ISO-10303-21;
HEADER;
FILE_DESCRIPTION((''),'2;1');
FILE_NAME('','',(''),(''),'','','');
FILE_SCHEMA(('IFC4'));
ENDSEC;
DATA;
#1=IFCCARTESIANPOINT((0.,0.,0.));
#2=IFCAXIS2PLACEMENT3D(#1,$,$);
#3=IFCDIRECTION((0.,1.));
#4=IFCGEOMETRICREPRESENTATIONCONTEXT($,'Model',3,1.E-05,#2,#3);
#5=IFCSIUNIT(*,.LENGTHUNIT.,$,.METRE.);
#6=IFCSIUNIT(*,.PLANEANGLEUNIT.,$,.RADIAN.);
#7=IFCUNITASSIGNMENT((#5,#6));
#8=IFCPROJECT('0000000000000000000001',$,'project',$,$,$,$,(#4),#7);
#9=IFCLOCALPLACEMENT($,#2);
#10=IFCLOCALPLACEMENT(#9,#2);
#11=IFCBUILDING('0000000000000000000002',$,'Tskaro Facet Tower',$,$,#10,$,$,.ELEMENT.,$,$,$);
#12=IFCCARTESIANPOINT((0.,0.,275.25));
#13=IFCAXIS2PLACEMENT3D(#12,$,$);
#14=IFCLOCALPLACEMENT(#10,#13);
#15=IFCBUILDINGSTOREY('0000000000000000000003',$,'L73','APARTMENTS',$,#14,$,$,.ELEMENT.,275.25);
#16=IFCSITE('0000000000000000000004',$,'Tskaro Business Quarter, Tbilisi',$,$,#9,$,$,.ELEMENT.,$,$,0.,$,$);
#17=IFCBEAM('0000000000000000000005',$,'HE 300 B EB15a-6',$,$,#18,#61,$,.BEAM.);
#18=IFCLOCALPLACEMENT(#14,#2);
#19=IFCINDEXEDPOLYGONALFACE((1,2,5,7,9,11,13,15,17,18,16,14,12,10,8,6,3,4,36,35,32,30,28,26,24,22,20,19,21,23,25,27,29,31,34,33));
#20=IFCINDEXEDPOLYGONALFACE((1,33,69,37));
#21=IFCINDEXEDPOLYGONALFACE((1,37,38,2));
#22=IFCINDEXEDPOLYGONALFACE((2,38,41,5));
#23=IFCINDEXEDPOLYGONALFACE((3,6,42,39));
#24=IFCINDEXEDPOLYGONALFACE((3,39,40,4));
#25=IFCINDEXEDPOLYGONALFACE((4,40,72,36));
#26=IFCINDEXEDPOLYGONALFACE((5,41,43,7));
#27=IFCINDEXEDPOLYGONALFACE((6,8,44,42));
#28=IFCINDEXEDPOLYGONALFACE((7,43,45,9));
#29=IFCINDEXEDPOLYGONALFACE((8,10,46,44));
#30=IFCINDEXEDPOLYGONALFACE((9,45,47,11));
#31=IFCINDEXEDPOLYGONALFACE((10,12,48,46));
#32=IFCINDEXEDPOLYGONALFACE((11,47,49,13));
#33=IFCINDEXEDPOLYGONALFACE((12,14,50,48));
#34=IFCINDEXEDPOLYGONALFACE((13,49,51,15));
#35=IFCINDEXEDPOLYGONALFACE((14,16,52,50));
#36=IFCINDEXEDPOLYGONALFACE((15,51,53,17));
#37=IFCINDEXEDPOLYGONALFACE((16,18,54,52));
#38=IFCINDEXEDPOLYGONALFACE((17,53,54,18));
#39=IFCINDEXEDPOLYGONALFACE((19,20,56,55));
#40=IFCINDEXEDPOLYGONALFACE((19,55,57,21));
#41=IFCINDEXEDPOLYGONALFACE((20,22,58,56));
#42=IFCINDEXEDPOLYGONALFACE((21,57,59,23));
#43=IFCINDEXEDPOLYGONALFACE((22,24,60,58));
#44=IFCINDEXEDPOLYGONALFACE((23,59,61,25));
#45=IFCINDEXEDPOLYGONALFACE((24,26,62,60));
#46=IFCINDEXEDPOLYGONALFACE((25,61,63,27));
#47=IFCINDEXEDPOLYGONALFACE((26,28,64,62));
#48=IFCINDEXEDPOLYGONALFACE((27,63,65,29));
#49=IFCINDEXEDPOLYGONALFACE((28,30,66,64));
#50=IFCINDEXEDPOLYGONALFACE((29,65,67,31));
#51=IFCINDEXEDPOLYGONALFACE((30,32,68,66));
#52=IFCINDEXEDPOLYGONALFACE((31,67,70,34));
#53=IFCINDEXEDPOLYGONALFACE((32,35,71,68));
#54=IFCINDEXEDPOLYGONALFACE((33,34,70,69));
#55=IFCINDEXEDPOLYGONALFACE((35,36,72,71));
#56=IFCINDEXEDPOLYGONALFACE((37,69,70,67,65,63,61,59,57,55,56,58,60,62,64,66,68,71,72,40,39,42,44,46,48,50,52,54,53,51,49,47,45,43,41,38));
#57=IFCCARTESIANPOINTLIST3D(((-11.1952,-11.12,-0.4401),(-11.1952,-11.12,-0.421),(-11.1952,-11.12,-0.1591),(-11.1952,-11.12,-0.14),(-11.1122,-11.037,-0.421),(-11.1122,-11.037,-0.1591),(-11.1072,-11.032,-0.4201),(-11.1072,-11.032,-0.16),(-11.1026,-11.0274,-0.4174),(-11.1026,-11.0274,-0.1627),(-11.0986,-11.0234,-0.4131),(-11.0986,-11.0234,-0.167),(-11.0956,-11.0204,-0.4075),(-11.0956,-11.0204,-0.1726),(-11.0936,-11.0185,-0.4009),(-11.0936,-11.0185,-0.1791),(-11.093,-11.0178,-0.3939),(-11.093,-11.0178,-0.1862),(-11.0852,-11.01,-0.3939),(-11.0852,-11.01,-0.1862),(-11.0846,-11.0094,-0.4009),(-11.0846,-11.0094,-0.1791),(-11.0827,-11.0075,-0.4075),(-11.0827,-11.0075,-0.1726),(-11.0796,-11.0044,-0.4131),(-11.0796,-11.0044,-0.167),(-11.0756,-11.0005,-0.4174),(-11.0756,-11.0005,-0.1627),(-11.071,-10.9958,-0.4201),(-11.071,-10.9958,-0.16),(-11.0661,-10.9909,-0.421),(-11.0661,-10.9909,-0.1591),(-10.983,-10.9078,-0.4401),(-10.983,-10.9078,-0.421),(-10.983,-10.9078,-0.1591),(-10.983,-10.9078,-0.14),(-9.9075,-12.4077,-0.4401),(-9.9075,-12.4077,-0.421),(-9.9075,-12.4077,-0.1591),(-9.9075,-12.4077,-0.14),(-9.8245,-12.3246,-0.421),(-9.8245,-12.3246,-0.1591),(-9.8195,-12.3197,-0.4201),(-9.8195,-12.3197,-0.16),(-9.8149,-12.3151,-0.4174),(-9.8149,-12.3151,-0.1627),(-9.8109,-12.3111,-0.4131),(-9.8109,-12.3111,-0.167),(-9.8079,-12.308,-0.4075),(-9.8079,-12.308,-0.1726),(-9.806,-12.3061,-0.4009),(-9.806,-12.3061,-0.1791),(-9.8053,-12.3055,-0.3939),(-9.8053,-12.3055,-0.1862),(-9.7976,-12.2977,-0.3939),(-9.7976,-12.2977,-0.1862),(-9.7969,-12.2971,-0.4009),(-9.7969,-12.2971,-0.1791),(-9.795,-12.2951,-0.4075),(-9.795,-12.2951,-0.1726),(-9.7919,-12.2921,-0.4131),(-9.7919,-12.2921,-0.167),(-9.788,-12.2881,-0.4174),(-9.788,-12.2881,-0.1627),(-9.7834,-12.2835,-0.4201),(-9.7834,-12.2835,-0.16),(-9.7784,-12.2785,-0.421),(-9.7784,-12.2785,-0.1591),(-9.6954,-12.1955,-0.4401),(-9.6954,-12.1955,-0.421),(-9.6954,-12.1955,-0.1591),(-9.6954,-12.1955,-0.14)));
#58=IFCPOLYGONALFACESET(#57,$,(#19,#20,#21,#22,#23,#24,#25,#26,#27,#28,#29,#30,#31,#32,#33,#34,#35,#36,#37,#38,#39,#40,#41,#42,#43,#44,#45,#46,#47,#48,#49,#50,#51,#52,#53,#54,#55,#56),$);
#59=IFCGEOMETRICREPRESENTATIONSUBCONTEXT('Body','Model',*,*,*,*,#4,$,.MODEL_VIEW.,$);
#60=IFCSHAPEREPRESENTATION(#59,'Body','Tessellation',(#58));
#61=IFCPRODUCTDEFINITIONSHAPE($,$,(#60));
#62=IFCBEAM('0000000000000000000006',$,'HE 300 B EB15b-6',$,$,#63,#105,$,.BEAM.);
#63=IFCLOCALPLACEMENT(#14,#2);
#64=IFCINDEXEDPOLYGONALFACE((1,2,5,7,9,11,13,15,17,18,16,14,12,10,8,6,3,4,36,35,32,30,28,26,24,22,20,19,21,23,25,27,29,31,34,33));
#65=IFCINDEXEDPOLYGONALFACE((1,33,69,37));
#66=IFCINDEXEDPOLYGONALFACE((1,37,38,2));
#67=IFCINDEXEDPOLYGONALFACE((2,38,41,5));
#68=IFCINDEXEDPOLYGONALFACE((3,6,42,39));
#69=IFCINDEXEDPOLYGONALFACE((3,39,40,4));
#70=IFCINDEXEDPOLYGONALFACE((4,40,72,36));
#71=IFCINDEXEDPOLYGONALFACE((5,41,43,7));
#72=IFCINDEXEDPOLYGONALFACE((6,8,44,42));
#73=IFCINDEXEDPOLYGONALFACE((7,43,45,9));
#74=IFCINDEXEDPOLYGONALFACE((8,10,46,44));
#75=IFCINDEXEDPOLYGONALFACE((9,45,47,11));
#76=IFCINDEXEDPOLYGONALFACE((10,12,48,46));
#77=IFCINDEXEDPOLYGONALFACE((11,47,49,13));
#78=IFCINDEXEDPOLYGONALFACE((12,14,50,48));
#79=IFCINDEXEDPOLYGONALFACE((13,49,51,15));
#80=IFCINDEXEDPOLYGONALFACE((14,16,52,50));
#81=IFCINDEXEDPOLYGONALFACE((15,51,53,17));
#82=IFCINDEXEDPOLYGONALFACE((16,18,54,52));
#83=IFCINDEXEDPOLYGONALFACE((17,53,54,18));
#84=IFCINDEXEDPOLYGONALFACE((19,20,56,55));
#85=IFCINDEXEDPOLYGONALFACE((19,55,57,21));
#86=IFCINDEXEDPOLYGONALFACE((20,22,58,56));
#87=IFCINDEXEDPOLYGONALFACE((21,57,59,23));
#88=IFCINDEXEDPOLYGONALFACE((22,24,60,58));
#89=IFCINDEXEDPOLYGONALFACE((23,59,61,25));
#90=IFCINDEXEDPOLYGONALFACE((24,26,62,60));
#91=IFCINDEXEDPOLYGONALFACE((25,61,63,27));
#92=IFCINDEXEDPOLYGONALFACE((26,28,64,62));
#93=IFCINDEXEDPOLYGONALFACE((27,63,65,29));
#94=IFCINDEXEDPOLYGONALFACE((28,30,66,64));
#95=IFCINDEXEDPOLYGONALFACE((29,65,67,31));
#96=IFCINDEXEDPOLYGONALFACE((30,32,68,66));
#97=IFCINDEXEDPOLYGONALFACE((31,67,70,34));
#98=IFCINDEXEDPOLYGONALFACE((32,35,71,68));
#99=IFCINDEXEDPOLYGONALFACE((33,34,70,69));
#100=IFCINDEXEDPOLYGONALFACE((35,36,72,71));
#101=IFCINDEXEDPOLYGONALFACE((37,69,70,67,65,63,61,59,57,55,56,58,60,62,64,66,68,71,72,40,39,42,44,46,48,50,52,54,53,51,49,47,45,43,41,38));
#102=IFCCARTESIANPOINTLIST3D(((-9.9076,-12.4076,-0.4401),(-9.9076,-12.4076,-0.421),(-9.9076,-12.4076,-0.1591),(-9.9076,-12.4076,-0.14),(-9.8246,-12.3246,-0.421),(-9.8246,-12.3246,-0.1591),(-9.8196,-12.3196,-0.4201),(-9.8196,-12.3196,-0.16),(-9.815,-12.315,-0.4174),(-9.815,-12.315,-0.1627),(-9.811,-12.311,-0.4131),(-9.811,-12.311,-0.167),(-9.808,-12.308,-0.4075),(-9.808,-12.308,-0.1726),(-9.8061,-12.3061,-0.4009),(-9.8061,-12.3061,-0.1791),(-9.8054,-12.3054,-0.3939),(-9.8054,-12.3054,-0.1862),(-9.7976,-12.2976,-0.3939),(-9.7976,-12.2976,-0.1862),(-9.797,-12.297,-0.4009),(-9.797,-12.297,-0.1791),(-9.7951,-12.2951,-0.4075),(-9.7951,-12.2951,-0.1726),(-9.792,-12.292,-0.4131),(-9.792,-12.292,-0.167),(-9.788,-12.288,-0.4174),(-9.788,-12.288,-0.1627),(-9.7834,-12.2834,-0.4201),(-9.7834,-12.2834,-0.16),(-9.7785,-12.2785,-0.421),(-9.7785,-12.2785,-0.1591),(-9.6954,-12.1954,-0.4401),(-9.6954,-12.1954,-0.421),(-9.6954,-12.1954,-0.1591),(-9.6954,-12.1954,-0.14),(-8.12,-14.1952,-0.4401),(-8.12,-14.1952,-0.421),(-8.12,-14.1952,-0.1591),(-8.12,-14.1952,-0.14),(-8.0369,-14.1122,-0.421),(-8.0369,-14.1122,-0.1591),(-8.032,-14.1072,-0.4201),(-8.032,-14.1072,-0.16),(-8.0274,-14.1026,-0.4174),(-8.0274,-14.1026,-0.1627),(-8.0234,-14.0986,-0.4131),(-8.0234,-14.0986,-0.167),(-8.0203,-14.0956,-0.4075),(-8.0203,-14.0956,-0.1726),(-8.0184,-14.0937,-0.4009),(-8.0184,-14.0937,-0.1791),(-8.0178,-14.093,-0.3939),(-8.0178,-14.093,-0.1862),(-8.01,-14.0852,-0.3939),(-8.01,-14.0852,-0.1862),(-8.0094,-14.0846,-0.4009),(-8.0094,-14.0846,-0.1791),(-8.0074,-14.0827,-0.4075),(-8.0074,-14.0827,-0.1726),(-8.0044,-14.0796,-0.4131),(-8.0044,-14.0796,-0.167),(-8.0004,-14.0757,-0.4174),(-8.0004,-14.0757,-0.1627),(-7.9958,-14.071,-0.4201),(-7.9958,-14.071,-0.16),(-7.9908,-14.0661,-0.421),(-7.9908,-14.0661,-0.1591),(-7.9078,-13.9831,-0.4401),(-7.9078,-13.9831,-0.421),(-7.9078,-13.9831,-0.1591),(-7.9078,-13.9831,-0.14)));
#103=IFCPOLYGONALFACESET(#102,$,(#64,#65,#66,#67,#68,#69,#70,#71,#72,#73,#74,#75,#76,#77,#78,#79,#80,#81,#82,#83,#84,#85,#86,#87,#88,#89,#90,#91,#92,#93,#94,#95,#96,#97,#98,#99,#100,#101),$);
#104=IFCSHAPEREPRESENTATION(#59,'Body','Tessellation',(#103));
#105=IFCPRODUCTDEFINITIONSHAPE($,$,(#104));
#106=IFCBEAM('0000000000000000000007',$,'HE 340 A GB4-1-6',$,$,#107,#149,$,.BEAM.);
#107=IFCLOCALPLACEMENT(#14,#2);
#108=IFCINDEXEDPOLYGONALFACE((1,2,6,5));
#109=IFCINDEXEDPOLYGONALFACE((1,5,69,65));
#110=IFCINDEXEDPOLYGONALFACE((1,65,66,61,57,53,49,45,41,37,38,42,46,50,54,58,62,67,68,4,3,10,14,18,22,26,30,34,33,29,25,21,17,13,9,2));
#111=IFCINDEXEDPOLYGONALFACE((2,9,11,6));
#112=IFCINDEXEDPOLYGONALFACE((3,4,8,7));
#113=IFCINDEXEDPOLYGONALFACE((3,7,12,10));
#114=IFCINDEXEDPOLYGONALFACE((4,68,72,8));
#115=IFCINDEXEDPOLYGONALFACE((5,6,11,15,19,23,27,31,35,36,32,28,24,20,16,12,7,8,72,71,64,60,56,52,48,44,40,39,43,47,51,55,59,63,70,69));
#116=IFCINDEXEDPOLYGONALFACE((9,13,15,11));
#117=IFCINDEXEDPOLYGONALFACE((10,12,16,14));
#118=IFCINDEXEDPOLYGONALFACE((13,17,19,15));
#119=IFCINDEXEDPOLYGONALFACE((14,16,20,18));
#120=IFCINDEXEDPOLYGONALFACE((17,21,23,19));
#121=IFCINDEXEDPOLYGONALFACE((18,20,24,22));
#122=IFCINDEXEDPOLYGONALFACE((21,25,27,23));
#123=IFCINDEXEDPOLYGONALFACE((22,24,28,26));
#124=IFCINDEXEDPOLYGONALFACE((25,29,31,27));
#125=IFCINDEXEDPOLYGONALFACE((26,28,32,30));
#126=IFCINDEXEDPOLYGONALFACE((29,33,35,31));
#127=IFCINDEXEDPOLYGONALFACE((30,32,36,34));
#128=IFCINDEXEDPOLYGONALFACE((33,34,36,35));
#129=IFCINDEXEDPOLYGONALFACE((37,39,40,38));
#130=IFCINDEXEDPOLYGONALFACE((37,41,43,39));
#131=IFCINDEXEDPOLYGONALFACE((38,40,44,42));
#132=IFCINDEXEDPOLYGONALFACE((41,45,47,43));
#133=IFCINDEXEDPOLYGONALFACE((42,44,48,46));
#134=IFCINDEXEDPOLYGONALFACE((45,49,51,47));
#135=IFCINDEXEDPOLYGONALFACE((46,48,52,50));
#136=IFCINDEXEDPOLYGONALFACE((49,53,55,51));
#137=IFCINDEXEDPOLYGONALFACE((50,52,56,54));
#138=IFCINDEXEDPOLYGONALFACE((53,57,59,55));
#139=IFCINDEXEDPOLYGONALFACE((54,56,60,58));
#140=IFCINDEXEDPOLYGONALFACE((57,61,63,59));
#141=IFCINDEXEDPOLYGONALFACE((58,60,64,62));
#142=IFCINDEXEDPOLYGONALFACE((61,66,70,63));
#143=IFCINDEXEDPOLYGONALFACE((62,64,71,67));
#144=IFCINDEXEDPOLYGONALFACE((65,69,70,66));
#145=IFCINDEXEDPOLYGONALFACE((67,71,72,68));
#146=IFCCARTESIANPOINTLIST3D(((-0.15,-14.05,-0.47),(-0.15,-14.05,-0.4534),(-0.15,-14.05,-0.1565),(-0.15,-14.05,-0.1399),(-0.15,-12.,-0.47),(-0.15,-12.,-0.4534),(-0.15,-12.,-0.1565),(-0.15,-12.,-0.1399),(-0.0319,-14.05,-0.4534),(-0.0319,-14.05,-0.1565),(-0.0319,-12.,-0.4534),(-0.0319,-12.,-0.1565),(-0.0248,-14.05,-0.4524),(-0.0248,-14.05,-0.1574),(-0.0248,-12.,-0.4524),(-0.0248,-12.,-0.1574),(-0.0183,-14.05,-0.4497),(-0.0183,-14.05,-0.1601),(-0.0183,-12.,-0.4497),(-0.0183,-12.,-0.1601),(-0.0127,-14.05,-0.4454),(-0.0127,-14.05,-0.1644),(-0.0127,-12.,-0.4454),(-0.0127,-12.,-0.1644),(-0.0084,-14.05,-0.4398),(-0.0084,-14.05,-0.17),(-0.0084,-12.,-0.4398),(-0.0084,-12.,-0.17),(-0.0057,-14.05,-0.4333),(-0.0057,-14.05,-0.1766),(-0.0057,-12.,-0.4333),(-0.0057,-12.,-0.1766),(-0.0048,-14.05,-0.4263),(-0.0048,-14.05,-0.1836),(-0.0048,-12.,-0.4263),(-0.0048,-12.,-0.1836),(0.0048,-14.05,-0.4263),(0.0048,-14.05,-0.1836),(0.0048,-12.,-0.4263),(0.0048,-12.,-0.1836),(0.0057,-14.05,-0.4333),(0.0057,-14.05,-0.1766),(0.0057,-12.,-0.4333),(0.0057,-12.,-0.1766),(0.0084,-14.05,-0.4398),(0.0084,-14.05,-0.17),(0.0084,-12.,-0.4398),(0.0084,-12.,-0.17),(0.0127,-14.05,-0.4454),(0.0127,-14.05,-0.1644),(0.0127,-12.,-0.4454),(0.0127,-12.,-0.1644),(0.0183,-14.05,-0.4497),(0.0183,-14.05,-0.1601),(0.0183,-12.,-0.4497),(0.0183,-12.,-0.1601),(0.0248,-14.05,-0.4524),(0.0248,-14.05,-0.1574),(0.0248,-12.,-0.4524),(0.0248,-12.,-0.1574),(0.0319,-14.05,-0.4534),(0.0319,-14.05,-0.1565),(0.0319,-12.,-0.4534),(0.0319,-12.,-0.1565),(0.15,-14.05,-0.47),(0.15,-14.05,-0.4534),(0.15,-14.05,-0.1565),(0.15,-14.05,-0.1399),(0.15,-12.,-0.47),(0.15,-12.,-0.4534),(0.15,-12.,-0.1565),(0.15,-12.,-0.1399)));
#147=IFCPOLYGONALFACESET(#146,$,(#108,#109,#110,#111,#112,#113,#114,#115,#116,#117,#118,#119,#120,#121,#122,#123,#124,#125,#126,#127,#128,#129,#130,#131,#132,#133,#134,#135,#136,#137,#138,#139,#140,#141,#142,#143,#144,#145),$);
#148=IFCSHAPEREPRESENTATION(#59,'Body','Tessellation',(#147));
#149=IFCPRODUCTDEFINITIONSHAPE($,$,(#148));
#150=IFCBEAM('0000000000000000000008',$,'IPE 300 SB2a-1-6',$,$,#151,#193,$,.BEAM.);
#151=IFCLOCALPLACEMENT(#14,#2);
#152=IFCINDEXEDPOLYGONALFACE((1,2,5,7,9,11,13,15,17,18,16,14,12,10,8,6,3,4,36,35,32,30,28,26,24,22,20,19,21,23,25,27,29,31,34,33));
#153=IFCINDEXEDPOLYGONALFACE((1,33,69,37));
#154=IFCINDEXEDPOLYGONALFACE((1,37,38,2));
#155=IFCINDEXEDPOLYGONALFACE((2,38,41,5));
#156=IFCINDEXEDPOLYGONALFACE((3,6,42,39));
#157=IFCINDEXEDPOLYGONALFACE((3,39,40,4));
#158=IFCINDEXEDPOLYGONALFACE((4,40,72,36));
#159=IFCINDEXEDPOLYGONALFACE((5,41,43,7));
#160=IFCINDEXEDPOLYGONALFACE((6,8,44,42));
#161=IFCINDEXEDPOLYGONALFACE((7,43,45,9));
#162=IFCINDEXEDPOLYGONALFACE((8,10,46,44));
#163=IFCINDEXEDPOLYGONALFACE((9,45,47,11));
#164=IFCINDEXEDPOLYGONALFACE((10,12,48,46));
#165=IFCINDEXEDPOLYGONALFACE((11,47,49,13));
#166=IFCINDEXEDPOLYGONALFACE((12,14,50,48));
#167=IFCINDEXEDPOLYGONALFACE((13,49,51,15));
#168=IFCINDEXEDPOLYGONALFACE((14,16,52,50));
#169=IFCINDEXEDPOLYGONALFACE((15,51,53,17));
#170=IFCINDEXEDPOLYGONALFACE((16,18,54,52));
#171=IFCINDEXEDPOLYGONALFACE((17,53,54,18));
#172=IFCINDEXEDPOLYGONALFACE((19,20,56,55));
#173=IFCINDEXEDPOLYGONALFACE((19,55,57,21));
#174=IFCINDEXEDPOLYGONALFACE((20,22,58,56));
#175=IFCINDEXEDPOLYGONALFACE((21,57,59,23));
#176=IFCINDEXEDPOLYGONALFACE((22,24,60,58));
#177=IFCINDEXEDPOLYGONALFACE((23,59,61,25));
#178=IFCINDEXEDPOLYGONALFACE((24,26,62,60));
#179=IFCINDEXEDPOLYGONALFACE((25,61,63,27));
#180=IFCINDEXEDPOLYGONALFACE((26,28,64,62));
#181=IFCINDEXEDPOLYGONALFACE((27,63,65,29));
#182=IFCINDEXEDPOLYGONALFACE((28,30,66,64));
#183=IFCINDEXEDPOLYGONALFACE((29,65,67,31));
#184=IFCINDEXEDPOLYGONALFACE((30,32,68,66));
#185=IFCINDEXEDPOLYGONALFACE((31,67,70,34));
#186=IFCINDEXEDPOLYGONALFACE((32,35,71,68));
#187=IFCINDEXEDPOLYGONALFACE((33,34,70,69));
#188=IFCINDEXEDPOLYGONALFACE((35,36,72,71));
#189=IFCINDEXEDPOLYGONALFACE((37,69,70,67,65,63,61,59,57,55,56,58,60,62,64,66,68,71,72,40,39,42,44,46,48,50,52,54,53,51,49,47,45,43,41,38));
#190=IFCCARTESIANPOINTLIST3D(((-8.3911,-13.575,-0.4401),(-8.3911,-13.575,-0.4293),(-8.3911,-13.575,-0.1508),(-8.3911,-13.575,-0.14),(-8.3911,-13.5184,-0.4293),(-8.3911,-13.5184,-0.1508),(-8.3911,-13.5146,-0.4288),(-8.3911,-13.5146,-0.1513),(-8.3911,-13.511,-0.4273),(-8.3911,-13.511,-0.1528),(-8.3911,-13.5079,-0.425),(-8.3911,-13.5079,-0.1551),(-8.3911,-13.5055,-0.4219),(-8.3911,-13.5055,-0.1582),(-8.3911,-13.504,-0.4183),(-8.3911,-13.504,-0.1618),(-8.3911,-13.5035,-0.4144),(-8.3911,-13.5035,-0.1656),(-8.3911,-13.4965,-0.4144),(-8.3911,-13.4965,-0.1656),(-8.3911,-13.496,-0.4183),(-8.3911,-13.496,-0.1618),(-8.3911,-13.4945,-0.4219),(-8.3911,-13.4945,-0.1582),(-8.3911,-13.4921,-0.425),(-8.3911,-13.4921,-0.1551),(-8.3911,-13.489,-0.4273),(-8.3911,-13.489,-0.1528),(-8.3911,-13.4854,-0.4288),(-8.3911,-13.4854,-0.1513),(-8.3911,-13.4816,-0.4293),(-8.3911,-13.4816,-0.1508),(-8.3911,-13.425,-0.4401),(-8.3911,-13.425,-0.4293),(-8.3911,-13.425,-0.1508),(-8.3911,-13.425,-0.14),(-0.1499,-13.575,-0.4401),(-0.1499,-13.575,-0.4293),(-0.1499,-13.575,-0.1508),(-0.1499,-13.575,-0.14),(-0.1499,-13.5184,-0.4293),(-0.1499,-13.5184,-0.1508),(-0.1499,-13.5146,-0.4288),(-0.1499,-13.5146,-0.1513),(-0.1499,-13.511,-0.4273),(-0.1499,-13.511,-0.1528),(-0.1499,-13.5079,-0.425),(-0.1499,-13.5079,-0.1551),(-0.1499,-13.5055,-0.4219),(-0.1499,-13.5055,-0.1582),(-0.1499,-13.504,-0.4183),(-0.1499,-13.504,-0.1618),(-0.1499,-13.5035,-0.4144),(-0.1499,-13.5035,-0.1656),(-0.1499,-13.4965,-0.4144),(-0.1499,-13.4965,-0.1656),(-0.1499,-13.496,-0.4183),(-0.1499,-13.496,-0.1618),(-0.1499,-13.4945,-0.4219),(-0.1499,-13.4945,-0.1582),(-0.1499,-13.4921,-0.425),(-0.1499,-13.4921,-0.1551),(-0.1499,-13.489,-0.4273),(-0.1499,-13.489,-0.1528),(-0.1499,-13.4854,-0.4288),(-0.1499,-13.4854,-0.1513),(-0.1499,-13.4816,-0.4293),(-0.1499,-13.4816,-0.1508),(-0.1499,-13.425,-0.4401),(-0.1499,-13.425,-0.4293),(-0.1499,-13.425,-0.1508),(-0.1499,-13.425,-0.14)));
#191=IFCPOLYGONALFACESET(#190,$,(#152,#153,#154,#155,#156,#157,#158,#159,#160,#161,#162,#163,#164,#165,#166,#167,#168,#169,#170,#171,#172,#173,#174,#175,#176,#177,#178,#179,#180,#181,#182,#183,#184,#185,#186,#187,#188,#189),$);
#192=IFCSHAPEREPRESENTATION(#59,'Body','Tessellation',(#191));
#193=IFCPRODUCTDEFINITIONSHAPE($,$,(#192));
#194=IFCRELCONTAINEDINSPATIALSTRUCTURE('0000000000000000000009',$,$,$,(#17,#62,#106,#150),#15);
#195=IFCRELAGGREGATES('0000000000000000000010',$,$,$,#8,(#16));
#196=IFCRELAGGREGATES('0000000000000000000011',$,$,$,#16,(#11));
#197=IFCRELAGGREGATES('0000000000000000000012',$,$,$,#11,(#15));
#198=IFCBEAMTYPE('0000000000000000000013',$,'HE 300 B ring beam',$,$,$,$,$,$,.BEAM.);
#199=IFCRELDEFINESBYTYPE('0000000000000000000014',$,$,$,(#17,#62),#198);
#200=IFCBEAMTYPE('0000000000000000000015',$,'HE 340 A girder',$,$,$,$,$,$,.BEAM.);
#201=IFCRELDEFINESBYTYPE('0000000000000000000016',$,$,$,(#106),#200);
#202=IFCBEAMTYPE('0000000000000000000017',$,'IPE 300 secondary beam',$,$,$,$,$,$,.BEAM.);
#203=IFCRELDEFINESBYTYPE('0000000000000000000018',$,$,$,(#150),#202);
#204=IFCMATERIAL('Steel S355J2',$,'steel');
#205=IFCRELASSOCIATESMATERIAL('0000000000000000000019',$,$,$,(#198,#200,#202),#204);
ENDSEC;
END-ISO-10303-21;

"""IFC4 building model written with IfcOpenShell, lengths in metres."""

from ifc_helpers import new_model, si_unit, direction, frame, origin, origin_2d, place, context, subcontext, project, spatial, i_section, extrude, material, material_profile, profile_set, type_object, element, save


model = new_model("IFC4")

# Units and contexts
model_context = context("Model", 3, precision=1e-05, world=origin(), true_north=direction((0.0, 1.0)))
body_context = subcontext(model_context, "Body", "Model", "MODEL_VIEW")
ifc_project = project(units=[si_unit("LENGTHUNIT", "METRE"), si_unit("PLANEANGLEUNIT", "RADIAN")], contexts=[model_context])

# Site, building, storey
site_placement = place(None, origin())
site = spatial("IfcSite", under=ifc_project, at=site_placement, Name="Tskaro Business Quarter, Tbilisi", CompositionType="ELEMENT", RefElevation=0.0)
building_placement = place(site_placement, origin())
building = spatial("IfcBuilding", under=site, at=building_placement, Name="Tskaro Facet Tower", CompositionType="ELEMENT")
storey_placement = place(building_placement, frame((0.0, 0.0, 275.25)))
storey = spatial("IfcBuildingStorey", under=building, at=storey_placement, Name="L73", Description="APARTMENTS", CompositionType="ELEMENT", Elevation=275.25)

# Shared definitions
ifc_material_1 = material(Name="Steel S355J2", Category="steel")

# Beams
ifc_material_profile_1 = material_profile(ifc_material_1, i_section(OverallWidth=0.3, OverallDepth=0.3, WebThickness=0.011, FlangeThickness=0.019, FilletRadius=0.0271, at=origin_2d()), Name="HE 300 B")
ifc_profile_set_1 = profile_set([ifc_material_profile_1], Name="Steel S355J2")
beam_type_1 = type_object("IfcBeamType", Name="HE 300 B ring beam", PredefinedType="BEAM", material=ifc_profile_set_1)
beam_1_placement = place(storey_placement, frame((-11.0891, -11.0139, -0.29), z_axis=(0.707107, -0.707107, 0.0), x_axis=(0.707107, 0.707107, 0.0)))
element("IfcBeam", 1, at=beam_1_placement, inside=storey, type_object=beam_type_1, Name="HE 300 B EB15a-6", PredefinedType="BEAM", context=body_context, shape_type="SweptSolid", body=[
    extrude(i_section(OverallWidth=0.3, OverallDepth=0.3, WebThickness=0.011, FlangeThickness=0.019, FilletRadius=0.0271, at=origin_2d()), origin(), (0.0, 0.0, 1.0), 1.821),
])
beam_2_placement = place(storey_placement, frame((-9.8015, -12.3015, -0.29), z_axis=(0.707107, -0.707107, 0.0), x_axis=(0.707107, 0.707107, 0.0)))
element("IfcBeam", 2, at=beam_2_placement, inside=storey, type_object=beam_type_1, Name="HE 300 B EB15b-6", PredefinedType="BEAM", context=body_context, shape_type="SweptSolid", body=[
    extrude(i_section(OverallWidth=0.3, OverallDepth=0.3, WebThickness=0.011, FlangeThickness=0.019, FilletRadius=0.0271, at=origin_2d()), origin(), (0.0, 0.0, 1.0), 2.5281),
])
ifc_material_profile_2 = material_profile(ifc_material_1, i_section(OverallWidth=0.3, OverallDepth=0.3301, WebThickness=0.0095, FlangeThickness=0.0166, FilletRadius=0.0271, at=origin_2d()), Name="HE 340 A")
ifc_profile_set_2 = profile_set([ifc_material_profile_2], Name="Steel S355J2")
beam_type_2 = type_object("IfcBeamType", Name="HE 340 A girder", PredefinedType="BEAM", material=ifc_profile_set_2)
beam_3_placement = place(storey_placement, frame((0.0, -14.05, -0.3049), z_axis=(0.0, 1.0, 0.0), x_axis=(-1.0, 0.0, 0.0)))
element("IfcBeam", 3, at=beam_3_placement, inside=storey, type_object=beam_type_2, Name="HE 340 A GB4-1-6", PredefinedType="BEAM", context=body_context, shape_type="SweptSolid", body=[
    extrude(i_section(OverallWidth=0.3, OverallDepth=0.3301, WebThickness=0.0095, FlangeThickness=0.0166, FilletRadius=0.0271, at=origin_2d()), origin(), (0.0, 0.0, 1.0), 2.05),
])
ifc_material_profile_3 = material_profile(ifc_material_1, i_section(OverallWidth=0.1499, OverallDepth=0.3, WebThickness=0.0071, FlangeThickness=0.0107, FilletRadius=0.0149, at=origin_2d()), Name="IPE 300")
ifc_profile_set_3 = profile_set([ifc_material_profile_3], Name="Steel S355J2")
beam_type_3 = type_object("IfcBeamType", Name="IPE 300 secondary beam", PredefinedType="BEAM", material=ifc_profile_set_3)
beam_4_placement = place(storey_placement, frame((-8.3911, -13.5, -0.29), z_axis=(1.0, 0.0, 0.0), x_axis=(0.0, 1.0, 0.0)))
element("IfcBeam", 4, at=beam_4_placement, inside=storey, type_object=beam_type_3, Name="IPE 300 SB2a-1-6", PredefinedType="BEAM", context=body_context, shape_type="SweptSolid", body=[
    extrude(i_section(OverallWidth=0.1499, OverallDepth=0.3, WebThickness=0.0071, FlangeThickness=0.0107, FilletRadius=0.0149, at=origin_2d()), origin(), (0.0, 0.0, 1.0), 8.2412),
])

save(model, "model.ifc")
